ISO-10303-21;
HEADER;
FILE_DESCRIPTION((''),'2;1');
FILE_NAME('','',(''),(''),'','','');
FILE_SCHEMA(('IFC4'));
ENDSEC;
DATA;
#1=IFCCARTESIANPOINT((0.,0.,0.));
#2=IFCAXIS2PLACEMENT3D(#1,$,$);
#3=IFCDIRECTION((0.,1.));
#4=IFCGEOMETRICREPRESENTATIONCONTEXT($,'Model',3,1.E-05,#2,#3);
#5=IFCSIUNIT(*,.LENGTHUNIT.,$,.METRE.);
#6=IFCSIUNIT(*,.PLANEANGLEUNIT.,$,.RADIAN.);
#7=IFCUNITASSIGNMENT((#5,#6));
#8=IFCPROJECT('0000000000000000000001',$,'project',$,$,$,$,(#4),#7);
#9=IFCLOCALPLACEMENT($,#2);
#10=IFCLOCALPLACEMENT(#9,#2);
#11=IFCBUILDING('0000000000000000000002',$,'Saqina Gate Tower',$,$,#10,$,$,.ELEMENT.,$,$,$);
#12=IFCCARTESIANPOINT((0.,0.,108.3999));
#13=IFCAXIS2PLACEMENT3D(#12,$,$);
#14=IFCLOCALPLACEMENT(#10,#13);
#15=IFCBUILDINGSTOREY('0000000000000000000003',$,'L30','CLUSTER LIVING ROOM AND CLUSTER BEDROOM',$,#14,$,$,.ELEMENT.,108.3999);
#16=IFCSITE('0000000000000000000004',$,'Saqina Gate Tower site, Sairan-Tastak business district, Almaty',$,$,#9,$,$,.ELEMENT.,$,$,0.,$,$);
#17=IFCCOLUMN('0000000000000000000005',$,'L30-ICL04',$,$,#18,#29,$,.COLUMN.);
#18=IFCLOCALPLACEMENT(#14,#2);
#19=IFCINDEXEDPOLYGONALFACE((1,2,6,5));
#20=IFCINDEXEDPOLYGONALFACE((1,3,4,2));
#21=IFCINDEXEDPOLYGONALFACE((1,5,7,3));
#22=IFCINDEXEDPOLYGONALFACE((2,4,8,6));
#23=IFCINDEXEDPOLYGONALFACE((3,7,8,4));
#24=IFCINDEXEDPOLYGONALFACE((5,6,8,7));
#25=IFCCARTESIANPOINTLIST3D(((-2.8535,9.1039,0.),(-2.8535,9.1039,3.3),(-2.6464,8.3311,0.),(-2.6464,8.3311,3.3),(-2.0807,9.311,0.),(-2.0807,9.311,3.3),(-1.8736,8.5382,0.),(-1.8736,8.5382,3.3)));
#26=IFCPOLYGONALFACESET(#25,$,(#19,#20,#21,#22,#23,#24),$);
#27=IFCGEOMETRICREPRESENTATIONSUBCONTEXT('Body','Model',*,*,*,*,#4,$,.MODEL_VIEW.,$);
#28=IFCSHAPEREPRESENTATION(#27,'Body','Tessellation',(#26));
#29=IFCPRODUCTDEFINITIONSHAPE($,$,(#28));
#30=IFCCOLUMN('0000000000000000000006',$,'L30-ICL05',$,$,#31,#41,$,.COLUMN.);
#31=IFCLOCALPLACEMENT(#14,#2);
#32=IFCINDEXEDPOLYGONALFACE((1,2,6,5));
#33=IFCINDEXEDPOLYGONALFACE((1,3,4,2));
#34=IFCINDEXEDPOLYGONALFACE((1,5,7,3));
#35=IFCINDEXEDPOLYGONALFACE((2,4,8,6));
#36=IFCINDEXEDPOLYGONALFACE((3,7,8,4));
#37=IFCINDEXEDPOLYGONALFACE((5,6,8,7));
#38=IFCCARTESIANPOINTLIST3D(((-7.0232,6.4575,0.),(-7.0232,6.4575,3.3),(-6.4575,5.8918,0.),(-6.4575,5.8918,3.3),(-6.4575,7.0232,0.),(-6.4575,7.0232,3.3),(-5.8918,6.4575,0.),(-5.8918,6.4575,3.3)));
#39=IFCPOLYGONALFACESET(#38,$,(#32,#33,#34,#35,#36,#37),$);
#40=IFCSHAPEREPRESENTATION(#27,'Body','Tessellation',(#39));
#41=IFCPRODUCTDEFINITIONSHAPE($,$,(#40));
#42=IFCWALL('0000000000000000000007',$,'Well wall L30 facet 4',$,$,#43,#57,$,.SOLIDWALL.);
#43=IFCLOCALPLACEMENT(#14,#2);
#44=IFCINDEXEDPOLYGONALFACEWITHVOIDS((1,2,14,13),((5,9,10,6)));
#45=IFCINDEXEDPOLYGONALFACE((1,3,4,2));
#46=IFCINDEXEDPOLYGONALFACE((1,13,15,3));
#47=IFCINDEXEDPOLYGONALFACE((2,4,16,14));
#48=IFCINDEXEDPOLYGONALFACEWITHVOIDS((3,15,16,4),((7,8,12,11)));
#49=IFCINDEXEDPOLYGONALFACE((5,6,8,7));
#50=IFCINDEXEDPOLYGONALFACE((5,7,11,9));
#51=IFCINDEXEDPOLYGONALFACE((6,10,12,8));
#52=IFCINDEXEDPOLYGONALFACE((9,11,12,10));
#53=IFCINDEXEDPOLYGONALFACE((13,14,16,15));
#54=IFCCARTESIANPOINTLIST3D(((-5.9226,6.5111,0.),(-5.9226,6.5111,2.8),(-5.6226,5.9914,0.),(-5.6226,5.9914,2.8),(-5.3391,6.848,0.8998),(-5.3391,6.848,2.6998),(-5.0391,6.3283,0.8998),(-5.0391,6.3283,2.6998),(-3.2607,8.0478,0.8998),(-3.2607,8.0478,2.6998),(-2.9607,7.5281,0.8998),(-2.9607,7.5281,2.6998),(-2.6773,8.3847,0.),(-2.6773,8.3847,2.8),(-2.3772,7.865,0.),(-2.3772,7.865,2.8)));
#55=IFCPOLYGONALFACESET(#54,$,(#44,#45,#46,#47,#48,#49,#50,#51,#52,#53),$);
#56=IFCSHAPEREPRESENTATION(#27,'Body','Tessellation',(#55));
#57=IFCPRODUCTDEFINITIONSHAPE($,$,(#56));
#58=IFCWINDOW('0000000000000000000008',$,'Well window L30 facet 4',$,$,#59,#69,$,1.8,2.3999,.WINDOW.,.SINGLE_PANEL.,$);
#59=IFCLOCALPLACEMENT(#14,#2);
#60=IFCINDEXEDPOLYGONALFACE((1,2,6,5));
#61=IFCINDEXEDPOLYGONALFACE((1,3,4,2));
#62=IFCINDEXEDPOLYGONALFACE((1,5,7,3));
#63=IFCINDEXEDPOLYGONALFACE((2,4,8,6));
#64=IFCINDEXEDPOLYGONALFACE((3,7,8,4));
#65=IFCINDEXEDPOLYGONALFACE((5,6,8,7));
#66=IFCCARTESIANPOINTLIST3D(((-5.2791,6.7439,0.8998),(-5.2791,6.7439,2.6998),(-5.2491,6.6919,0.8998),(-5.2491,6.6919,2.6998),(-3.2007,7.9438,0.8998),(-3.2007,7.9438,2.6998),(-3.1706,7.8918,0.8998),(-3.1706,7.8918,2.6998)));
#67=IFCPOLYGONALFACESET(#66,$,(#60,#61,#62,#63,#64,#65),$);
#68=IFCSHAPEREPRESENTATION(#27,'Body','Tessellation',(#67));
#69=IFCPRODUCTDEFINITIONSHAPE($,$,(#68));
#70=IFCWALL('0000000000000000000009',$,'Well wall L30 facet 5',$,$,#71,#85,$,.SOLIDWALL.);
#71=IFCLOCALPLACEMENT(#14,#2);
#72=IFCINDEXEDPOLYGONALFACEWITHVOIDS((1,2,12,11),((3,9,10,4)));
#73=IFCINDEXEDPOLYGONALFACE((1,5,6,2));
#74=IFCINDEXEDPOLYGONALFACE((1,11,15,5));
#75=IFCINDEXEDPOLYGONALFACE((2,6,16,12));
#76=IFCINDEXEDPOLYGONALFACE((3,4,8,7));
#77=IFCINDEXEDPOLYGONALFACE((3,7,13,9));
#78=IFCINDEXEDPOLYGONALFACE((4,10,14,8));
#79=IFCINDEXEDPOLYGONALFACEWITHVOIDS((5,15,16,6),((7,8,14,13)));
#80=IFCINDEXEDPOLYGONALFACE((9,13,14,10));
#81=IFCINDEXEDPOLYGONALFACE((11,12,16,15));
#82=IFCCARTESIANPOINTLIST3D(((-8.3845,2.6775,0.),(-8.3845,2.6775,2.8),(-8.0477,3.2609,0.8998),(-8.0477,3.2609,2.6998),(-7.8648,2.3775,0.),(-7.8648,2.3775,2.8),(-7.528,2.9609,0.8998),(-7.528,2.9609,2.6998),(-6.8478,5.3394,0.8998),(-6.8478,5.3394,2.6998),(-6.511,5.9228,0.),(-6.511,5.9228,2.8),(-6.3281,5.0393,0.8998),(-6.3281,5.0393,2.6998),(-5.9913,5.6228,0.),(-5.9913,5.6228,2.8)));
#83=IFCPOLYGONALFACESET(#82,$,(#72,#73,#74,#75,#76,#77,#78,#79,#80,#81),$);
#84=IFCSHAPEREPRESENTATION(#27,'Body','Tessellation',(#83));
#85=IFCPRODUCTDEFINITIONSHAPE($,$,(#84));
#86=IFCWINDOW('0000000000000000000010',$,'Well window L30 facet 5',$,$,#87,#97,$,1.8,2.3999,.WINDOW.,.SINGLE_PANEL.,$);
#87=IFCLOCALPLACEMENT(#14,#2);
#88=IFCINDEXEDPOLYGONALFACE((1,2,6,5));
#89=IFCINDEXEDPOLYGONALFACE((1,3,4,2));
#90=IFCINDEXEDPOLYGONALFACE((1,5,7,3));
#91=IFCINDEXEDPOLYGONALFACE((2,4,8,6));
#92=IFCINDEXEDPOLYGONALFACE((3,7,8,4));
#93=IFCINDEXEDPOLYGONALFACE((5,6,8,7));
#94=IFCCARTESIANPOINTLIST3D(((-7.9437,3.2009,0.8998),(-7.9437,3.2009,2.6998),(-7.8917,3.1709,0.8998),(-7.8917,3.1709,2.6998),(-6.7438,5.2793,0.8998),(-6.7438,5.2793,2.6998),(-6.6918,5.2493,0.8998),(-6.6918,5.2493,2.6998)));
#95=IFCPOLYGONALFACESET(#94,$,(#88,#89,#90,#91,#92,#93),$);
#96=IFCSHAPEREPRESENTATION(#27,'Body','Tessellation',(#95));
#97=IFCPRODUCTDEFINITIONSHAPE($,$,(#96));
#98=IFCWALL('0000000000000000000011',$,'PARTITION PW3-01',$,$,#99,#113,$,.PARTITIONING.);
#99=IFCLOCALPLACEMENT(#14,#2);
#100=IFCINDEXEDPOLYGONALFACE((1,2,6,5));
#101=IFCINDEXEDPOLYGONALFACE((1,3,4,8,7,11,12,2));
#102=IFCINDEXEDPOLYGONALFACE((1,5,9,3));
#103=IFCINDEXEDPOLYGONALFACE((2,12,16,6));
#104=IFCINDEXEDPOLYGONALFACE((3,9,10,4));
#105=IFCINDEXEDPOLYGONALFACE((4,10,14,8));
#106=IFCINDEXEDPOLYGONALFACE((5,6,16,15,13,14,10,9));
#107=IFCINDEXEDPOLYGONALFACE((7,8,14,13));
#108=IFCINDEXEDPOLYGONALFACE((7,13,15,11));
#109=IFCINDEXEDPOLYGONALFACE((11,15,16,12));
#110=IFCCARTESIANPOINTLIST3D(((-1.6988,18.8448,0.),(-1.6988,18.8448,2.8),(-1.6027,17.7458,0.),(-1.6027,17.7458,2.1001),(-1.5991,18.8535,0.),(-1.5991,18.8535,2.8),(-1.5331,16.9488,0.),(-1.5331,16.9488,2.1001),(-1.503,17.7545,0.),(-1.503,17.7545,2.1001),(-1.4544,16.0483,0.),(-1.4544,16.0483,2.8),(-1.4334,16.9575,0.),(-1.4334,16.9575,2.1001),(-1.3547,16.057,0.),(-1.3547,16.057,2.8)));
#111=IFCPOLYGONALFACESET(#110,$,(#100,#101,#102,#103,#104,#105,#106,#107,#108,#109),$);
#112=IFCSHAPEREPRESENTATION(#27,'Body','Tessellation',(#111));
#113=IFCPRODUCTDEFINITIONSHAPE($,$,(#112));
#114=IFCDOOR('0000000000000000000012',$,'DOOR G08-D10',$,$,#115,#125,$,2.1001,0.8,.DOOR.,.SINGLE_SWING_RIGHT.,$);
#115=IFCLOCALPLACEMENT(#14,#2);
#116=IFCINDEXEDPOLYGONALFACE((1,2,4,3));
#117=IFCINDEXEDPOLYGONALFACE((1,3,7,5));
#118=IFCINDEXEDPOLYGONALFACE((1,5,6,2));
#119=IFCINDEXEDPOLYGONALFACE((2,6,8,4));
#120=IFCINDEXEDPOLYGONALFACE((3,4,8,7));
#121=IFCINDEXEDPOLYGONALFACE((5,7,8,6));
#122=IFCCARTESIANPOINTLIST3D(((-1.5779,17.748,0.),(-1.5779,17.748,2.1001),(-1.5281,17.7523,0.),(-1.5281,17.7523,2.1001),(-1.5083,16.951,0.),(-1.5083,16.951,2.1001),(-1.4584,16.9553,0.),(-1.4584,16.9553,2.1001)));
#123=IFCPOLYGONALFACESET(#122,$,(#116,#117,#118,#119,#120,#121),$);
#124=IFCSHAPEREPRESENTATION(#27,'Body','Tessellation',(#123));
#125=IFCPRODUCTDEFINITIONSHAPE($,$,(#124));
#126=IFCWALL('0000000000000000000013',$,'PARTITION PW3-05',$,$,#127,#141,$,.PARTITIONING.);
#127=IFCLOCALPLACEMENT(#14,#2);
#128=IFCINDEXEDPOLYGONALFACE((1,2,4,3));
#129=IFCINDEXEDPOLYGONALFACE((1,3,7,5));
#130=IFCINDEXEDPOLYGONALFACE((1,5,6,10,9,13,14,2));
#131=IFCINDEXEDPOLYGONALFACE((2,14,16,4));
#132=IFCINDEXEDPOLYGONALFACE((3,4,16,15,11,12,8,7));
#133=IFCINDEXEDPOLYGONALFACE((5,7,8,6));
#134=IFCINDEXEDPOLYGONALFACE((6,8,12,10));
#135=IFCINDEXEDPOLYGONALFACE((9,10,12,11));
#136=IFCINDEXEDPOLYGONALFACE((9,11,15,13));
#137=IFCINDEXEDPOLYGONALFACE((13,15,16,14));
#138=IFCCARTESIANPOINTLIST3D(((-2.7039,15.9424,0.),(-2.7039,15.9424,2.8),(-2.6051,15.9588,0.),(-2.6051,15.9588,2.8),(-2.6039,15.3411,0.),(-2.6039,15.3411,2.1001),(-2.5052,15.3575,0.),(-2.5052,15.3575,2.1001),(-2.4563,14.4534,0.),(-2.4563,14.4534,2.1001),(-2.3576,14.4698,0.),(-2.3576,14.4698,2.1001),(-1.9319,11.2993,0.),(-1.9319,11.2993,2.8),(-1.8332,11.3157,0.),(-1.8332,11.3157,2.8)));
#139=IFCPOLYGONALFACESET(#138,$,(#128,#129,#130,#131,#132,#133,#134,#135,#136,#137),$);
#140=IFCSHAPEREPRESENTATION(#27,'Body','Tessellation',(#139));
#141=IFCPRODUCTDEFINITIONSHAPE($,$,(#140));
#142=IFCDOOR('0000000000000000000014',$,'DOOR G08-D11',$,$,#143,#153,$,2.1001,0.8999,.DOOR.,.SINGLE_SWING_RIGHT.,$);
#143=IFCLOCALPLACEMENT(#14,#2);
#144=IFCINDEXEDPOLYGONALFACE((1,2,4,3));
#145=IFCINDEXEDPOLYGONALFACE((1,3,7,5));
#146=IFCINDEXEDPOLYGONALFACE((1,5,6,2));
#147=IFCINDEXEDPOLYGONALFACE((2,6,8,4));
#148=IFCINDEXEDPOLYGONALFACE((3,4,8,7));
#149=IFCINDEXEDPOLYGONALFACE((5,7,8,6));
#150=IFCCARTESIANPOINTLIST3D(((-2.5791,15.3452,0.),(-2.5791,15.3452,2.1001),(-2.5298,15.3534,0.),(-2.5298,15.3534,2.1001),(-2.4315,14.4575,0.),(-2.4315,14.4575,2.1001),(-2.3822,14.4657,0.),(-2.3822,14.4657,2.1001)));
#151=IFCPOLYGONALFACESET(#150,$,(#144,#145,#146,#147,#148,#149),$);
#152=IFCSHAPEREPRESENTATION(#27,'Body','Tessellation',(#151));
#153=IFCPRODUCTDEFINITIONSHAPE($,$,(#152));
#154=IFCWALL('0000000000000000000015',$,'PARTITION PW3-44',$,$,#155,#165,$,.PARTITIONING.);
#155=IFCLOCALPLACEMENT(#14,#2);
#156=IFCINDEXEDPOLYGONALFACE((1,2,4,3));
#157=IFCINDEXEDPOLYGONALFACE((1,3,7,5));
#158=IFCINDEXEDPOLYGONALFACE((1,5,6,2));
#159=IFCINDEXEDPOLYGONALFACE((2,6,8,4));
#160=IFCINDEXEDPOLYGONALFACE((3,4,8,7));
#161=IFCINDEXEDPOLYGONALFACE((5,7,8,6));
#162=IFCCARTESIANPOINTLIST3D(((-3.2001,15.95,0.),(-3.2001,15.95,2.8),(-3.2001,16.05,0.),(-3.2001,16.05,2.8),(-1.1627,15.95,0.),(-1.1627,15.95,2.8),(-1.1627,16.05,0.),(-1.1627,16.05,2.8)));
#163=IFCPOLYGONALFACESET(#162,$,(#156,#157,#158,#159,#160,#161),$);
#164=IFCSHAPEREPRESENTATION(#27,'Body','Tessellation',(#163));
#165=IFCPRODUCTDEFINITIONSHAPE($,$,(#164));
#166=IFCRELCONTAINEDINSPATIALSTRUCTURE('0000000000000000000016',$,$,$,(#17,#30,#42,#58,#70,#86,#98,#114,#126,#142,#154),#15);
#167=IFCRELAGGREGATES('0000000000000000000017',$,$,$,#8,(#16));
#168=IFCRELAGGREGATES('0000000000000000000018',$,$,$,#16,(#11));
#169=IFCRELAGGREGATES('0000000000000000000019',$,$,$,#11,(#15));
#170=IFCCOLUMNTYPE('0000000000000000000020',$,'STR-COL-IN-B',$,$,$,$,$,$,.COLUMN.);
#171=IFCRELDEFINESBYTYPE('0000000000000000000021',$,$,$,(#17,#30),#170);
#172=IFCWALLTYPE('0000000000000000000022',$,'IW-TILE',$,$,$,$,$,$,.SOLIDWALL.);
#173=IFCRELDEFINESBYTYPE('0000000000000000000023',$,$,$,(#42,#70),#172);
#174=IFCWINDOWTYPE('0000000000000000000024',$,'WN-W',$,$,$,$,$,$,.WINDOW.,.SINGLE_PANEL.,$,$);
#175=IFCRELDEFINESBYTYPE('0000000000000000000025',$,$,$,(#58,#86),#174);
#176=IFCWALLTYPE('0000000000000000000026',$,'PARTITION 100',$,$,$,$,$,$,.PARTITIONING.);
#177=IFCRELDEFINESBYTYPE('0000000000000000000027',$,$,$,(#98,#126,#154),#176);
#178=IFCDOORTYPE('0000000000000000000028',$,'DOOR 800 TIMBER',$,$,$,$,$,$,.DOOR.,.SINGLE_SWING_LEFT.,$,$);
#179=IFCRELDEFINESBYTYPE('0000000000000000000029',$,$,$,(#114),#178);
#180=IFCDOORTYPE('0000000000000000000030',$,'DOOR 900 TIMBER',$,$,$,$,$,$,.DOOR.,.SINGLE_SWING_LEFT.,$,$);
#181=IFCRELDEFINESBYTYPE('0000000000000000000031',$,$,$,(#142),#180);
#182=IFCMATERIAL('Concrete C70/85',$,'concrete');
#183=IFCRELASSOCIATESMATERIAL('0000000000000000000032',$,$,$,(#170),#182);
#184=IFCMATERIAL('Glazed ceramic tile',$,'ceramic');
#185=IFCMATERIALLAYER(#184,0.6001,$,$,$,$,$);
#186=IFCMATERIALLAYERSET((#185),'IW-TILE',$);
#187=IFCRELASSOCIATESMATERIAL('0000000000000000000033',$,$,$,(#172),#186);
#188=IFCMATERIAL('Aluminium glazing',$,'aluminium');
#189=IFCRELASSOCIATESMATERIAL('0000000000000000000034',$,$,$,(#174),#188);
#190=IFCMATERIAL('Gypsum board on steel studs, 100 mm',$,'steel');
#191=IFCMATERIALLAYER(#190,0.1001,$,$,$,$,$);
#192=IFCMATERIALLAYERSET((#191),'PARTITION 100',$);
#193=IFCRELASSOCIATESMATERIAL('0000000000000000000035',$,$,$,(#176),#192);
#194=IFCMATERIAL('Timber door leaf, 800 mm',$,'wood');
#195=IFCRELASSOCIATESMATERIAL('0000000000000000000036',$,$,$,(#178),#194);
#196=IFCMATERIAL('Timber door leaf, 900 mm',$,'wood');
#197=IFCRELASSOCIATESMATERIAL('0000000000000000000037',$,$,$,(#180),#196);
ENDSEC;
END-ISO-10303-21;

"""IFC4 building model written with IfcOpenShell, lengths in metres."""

from ifc_helpers import new_model, si_unit, direction, frame, frame_2d, origin, origin_2d, place, context, subcontext, project, spatial, rectangle, extrude, material, layer, layer_set, material_profile, profile_set, type_object, element, fill, save


model = new_model("IFC4")

# Units and contexts
model_context = context("Model", 3, precision=1e-05, world=origin(), true_north=direction((0.0, 1.0)))
body_context = subcontext(model_context, "Body", "Model", "MODEL_VIEW")
ifc_project = project(units=[si_unit("LENGTHUNIT", "METRE"), si_unit("PLANEANGLEUNIT", "RADIAN")], contexts=[model_context])

# Site, building, storey
site_placement = place(None, origin())
site = spatial("IfcSite", under=ifc_project, at=site_placement, Name="Saqina Gate Tower site, Sairan-Tastak business district, Almaty", CompositionType="ELEMENT", RefElevation=0.0)
building_placement = place(site_placement, origin())
building = spatial("IfcBuilding", under=site, at=building_placement, Name="Saqina Gate Tower", CompositionType="ELEMENT")
storey_placement = place(building_placement, frame((0.0, 0.0, 108.3999)))
storey = spatial("IfcBuildingStorey", under=building, at=storey_placement, Name="L30", Description="CLUSTER LIVING ROOM AND CLUSTER BEDROOM", CompositionType="ELEMENT", Elevation=108.3999)

# Columns
ifc_material_1 = material(Name="Concrete C70/85", Category="concrete")
ifc_material_profile = material_profile(ifc_material_1, rectangle(XDim=0.8, YDim=0.8, at=origin_2d()), Name="RC 800x800")
ifc_profile_set = profile_set([ifc_material_profile], Name="Concrete C70/85")
column_type = type_object("IfcColumnType", Name="STR-COL-IN-B", PredefinedType="COLUMN", material=ifc_profile_set)
for number, where, z_axis, x_axis, name in (
    (1, (-2.3635, 8.821, 0.0), (0.0, 0.0, 1.0), (-0.258819, 0.965926, 0.0), "L30-ICL04"),
    (2, (-6.4575, 6.4575, 0.0), (0.0, 0.0, 1.0), (-0.707107, 0.707107, 0.0), "L30-ICL05"),
):
    element("IfcColumn", number, at=place(storey_placement, frame(where, z_axis=z_axis, x_axis=x_axis)), inside=storey, type_object=column_type, Name=name, PredefinedType="COLUMN", context=body_context, shape_type="SweptSolid", body=[
        extrude(rectangle(XDim=0.8, YDim=0.8, at=origin_2d()), origin(), (0.0, 0.0, 1.0), 3.3),
    ])

# Walls, openings, windows
ifc_material_2 = material(Name="Glazed ceramic tile", Category="ceramic")
ifc_layer_1 = layer(ifc_material_2, 0.6001)
ifc_layer_set_1 = layer_set([ifc_layer_1], Name="IW-TILE")
wall_type_1 = type_object("IfcWallType", Name="IW-TILE", PredefinedType="SOLIDWALL", material=ifc_layer_set_1)
wall_1_placement = place(storey_placement, frame((-2.5273, 8.1248, 0.0), z_axis=(0.0, 0.0, 1.0), x_axis=(-0.866046, -0.499965, 0.0)))
wall_1 = element("IfcWall", 3, at=wall_1_placement, inside=storey, type_object=wall_type_1, Name="Well wall L30 facet 4", PredefinedType="SOLIDWALL", context=body_context, shape_type="SweptSolid", body=[
    extrude(rectangle(XDim=3.7473, YDim=0.6001, at=frame_2d((1.8735, 0.0))), origin(), (0.0, 0.0, 1.0), 2.8),
])
opening_1_placement = place(wall_1_placement, frame((0.6736, 0.0, 0.8999)))
opening_1 = element("IfcOpeningElement", 4, at=opening_1_placement, cuts=wall_1, PredefinedType="OPENING", context=body_context, shape_type="SweptSolid", body=[
    extrude(rectangle(XDim=2.3999, YDim=1.8, at=frame_2d((1.2, 0.8999))), frame((0.0, 0.312, 0.0), z_axis=(0.0, -1.0, 0.0), x_axis=(1.0, 0.0, 0.0)), (0.0, 0.0, 1.0), 0.624),
])
ifc_material_3 = material(Name="Aluminium glazing", Category="aluminium")
window_type = type_object("IfcWindowType", Name="WN-W", PartitioningType="SINGLE_PANEL", PredefinedType="WINDOW", material=ifc_material_3)
window_1_placement = place(opening_1_placement, origin())
window_1 = element("IfcWindow", 5, at=window_1_placement, inside=storey, type_object=window_type, Name="Well window L30 facet 4", OverallHeight=1.8, OverallWidth=2.3999, PartitioningType="SINGLE_PANEL", PredefinedType="WINDOW", context=body_context, shape_type="SweptSolid", body=[
    extrude(rectangle(XDim=2.3999, YDim=1.8, at=frame_2d((1.2, 0.8999))), frame((0.0, -0.1199, 0.0), z_axis=(0.0, -1.0, 0.0), x_axis=(1.0, 0.0, 0.0)), (0.0, 0.0, 1.0), 0.0601),
])
fill(opening_1, window_1)
wall_2_placement = place(storey_placement, frame((-6.2512, 5.7727, 0.0), z_axis=(0.0, 0.0, 1.0), x_axis=(-0.499965, -0.866046, 0.0)))
wall_2 = element("IfcWall", 6, at=wall_2_placement, inside=storey, type_object=wall_type_1, Name="Well wall L30 facet 5", PredefinedType="SOLIDWALL", context=body_context, shape_type="SweptSolid", body=[
    extrude(rectangle(XDim=3.7473, YDim=0.6001, at=frame_2d((1.8735, 0.0))), origin(), (0.0, 0.0, 1.0), 2.8),
])
opening_2_placement = place(wall_2_placement, frame((0.6736, 0.0, 0.8999)))
opening_2 = element("IfcOpeningElement", 7, at=opening_2_placement, cuts=wall_2, PredefinedType="OPENING", context=body_context, shape_type="SweptSolid", body=[
    extrude(rectangle(XDim=2.3999, YDim=1.8, at=frame_2d((1.2, 0.8999))), frame((0.0, 0.312, 0.0), z_axis=(0.0, -1.0, 0.0), x_axis=(1.0, 0.0, 0.0)), (0.0, 0.0, 1.0), 0.624),
])
window_2_placement = place(opening_2_placement, origin())
window_2 = element("IfcWindow", 8, at=window_2_placement, inside=storey, type_object=window_type, Name="Well window L30 facet 5", OverallHeight=1.8, OverallWidth=2.3999, PartitioningType="SINGLE_PANEL", PredefinedType="WINDOW", context=body_context, shape_type="SweptSolid", body=[
    extrude(rectangle(XDim=2.3999, YDim=1.8, at=frame_2d((1.2, 0.8999))), frame((0.0, -0.1199, 0.0), z_axis=(0.0, -1.0, 0.0), x_axis=(1.0, 0.0, 0.0)), (0.0, 0.0, 1.0), 0.0601),
])
fill(opening_2, window_2)

# Walls, openings, doors
ifc_material_4 = material(Name="Gypsum board on steel studs, 100 mm", Category="steel")
ifc_layer_2 = layer(ifc_material_4, 0.1001)
ifc_layer_set_2 = layer_set([ifc_layer_2], Name="PARTITION 100")
wall_type_2 = type_object("IfcWallType", Name="PARTITION 100", PredefinedType="PARTITIONING", material=ifc_layer_set_2)
wall_3_placement = place(storey_placement, frame((-1.6489, 18.8491, 0.0), z_axis=(0.0, 0.0, 1.0), x_axis=(0.087061, -0.996203, 0.0)))
wall_3 = element("IfcWall", 9, at=wall_3_placement, inside=storey, type_object=wall_type_2, Name="PARTITION PW3-01", PredefinedType="PARTITIONING", context=body_context, shape_type="SweptSolid", body=[
    extrude(rectangle(XDim=2.8071, YDim=0.1001, at=frame_2d((1.4036, 0.0))), origin(), (0.0, 0.0, 1.0), 2.8),
])
opening_3_placement = place(wall_3_placement, frame((1.1033, 0.0, 0.0)))
opening_3 = element("IfcOpeningElement", 10, at=opening_3_placement, cuts=wall_3, PredefinedType="OPENING", context=body_context, shape_type="SweptSolid", body=[
    extrude(rectangle(XDim=0.8, YDim=2.1001, at=frame_2d((0.3999, 1.05))), frame((0.0, 0.062, 0.0), z_axis=(0.0, -1.0, 0.0), x_axis=(1.0, 0.0, 0.0)), (0.0, 0.0, 1.0), 0.124),
])
ifc_material_5 = material(Name="Timber door leaf, 800 mm", Category="wood")
door_type_1 = type_object("IfcDoorType", Name="DOOR 800 TIMBER", OperationType="SINGLE_SWING_LEFT", PredefinedType="DOOR", material=ifc_material_5)
door_1_placement = place(opening_3_placement, origin())
door_1 = element("IfcDoor", 11, at=door_1_placement, inside=storey, type_object=door_type_1, Name="DOOR G08-D10", OperationType="SINGLE_SWING_RIGHT", OverallHeight=2.1001, OverallWidth=0.8, PredefinedType="DOOR", context=body_context, shape_type="SweptSolid", body=[
    extrude(rectangle(XDim=0.8, YDim=2.1001, at=frame_2d((0.3999, 1.05))), frame((0.0, 0.0249, 0.0), z_axis=(0.0, -1.0, 0.0), x_axis=(1.0, 0.0, 0.0)), (0.0, 0.0, 1.0), 0.05),
])
fill(opening_3, door_1)
wall_4_placement = place(storey_placement, frame((-2.6545, 15.9507, 0.0), z_axis=(0.0, 0.0, 1.0), x_axis=(0.164012, -0.986458, 0.0)))
wall_4 = element("IfcWall", 12, at=wall_4_placement, inside=storey, type_object=wall_type_2, Name="PARTITION PW3-05", PredefinedType="PARTITIONING", context=body_context, shape_type="SweptSolid", body=[
    extrude(rectangle(XDim=4.7068, YDim=0.1001, at=frame_2d((2.3535, 0.0))), origin(), (0.0, 0.0, 1.0), 2.8),
])
opening_4_placement = place(wall_4_placement, frame((0.6096, 0.0, 0.0)))
opening_4 = element("IfcOpeningElement", 13, at=opening_4_placement, cuts=wall_4, PredefinedType="OPENING", context=body_context, shape_type="SweptSolid", body=[
    extrude(rectangle(XDim=0.8999, YDim=2.1001, at=frame_2d((0.45, 1.05))), frame((0.0, 0.062, 0.0), z_axis=(0.0, -1.0, 0.0), x_axis=(1.0, 0.0, 0.0)), (0.0, 0.0, 1.0), 0.124),
])
ifc_material_6 = material(Name="Timber door leaf, 900 mm", Category="wood")
door_type_2 = type_object("IfcDoorType", Name="DOOR 900 TIMBER", OperationType="SINGLE_SWING_LEFT", PredefinedType="DOOR", material=ifc_material_6)
door_2_placement = place(opening_4_placement, frame((0.8999, 0.0, 0.0), z_axis=(0.0, 0.0, 1.0), x_axis=(-1.0, 0.0, 0.0)))
door_2 = element("IfcDoor", 14, at=door_2_placement, inside=storey, type_object=door_type_2, Name="DOOR G08-D11", OperationType="SINGLE_SWING_RIGHT", OverallHeight=2.1001, OverallWidth=0.8999, PredefinedType="DOOR", context=body_context, shape_type="SweptSolid", body=[
    extrude(rectangle(XDim=0.8999, YDim=2.1001, at=frame_2d((0.45, 1.05))), frame((0.0, 0.0249, 0.0), z_axis=(0.0, -1.0, 0.0), x_axis=(1.0, 0.0, 0.0)), (0.0, 0.0, 1.0), 0.05),
])
fill(opening_4, door_2)

# Wall
wall_5_placement = place(storey_placement, frame((-3.2, 16.0, 0.0), z_axis=(0.0, 0.0, 1.0), x_axis=(1.0, 0.0, 0.0)))
element("IfcWall", 15, at=wall_5_placement, inside=storey, type_object=wall_type_2, Name="PARTITION PW3-44", PredefinedType="PARTITIONING", context=body_context, shape_type="SweptSolid", body=[
    extrude(rectangle(XDim=2.0374, YDim=0.1001, at=frame_2d((1.0186, 0.0))), origin(), (0.0, 0.0, 1.0), 2.8),
])

save(model, "model.ifc")
